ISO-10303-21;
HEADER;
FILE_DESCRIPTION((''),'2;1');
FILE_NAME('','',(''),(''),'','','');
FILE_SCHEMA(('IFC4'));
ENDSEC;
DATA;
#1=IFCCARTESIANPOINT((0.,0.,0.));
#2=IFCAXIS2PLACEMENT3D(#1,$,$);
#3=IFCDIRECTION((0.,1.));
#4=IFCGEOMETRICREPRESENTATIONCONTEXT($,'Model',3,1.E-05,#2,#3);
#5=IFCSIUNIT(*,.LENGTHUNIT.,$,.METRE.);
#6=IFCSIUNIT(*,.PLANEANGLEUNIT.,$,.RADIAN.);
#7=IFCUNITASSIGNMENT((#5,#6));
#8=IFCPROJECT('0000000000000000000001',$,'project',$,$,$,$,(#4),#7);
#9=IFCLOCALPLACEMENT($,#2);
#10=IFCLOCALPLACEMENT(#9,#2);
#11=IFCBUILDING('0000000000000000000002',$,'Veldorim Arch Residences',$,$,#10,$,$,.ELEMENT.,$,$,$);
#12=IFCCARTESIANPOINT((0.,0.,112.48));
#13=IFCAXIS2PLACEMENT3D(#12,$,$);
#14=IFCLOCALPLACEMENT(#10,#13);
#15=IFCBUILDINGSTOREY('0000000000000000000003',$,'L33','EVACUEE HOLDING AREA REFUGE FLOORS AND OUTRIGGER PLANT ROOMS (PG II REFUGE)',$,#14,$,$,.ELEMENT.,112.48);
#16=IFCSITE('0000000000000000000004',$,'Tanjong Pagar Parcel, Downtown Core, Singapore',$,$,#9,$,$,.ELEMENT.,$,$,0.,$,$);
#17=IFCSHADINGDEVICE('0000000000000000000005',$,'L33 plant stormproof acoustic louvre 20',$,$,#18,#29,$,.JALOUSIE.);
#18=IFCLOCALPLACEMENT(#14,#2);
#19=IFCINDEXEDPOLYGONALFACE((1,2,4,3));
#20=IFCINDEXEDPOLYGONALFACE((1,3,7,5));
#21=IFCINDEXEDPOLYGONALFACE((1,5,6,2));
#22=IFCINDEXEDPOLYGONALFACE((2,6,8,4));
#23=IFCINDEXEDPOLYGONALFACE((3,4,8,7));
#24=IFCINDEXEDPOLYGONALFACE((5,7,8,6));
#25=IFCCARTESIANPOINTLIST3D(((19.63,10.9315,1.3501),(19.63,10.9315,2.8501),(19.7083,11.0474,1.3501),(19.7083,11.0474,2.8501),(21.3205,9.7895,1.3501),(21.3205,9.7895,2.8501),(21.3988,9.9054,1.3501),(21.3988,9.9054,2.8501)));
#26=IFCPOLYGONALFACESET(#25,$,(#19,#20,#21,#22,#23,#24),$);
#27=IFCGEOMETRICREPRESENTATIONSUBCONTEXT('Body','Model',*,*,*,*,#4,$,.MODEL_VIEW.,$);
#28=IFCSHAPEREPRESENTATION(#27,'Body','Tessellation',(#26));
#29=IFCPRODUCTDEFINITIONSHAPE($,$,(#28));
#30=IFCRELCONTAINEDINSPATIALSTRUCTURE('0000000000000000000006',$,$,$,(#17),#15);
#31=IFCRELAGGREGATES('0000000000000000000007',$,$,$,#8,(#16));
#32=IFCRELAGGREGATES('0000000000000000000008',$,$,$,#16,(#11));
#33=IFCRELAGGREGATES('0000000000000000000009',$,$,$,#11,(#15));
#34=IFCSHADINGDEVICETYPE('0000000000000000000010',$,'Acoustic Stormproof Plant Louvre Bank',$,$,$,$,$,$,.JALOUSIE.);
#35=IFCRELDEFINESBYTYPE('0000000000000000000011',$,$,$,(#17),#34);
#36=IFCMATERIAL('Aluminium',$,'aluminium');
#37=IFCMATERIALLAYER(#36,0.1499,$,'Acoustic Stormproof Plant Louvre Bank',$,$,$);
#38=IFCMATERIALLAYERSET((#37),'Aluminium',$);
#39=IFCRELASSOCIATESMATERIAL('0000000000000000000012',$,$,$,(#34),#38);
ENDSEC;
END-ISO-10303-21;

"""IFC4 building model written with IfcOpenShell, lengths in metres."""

from ifc_helpers import new_model, si_unit, direction, frame, origin, origin_2d, place, context, subcontext, project, spatial, rectangle, extrude, material, layer, layer_set, type_object, element, save


model = new_model("IFC4")

# Units and contexts
model_context = context("Model", 3, precision=1e-05, world=origin(), true_north=direction((0.0, 1.0)))
body_context = subcontext(model_context, "Body", "Model", "MODEL_VIEW")
ifc_project = project(units=[si_unit("LENGTHUNIT", "METRE"), si_unit("PLANEANGLEUNIT", "RADIAN")], contexts=[model_context])

# Site, building, storey
site_placement = place(None, origin())
site = spatial("IfcSite", under=ifc_project, at=site_placement, Name="Tanjong Pagar Parcel, Downtown Core, Singapore", CompositionType="ELEMENT", RefElevation=0.0)
building_placement = place(site_placement, origin())
building = spatial("IfcBuilding", under=site, at=building_placement, Name="Veldorim Arch Residences", CompositionType="ELEMENT")
storey_placement = place(building_placement, frame((0.0, 0.0, 112.48)))
storey = spatial("IfcBuildingStorey", under=building, at=storey_placement, Name="L33", Description="EVACUEE HOLDING AREA REFUGE FLOORS AND OUTRIGGER PLANT ROOMS (PG II REFUGE)", CompositionType="ELEMENT", Elevation=112.48)

# Shading device
ifc_material_1 = material(Name="Aluminium", Category="aluminium")
ifc_layer_1 = layer(ifc_material_1, 0.1499, Name="Acoustic Stormproof Plant Louvre Bank")
ifc_layer_set_1 = layer_set([ifc_layer_1], Name="Aluminium")
shading_device_type = type_object("IfcShadingDeviceType", Name="Acoustic Stormproof Plant Louvre Bank", PredefinedType="JALOUSIE", material=ifc_layer_set_1)
shading_device_placement = place(storey_placement, frame((20.5144, 10.4185, 1.3501), z_axis=(0.0, 0.0, 1.0), x_axis=(-0.828647, 0.559772, 0.0)))
element("IfcShadingDevice", 1, at=shading_device_placement, inside=storey, type_object=shading_device_type, Name="L33 plant stormproof acoustic louvre 20", PredefinedType="JALOUSIE", context=body_context, shape_type="SweptSolid", body=[
    extrude(rectangle(XDim=2.04, YDim=0.1399, at=origin_2d()), origin(), (0.0, 0.0, 1.0), 1.5),
])

save(model, "model.ifc")
